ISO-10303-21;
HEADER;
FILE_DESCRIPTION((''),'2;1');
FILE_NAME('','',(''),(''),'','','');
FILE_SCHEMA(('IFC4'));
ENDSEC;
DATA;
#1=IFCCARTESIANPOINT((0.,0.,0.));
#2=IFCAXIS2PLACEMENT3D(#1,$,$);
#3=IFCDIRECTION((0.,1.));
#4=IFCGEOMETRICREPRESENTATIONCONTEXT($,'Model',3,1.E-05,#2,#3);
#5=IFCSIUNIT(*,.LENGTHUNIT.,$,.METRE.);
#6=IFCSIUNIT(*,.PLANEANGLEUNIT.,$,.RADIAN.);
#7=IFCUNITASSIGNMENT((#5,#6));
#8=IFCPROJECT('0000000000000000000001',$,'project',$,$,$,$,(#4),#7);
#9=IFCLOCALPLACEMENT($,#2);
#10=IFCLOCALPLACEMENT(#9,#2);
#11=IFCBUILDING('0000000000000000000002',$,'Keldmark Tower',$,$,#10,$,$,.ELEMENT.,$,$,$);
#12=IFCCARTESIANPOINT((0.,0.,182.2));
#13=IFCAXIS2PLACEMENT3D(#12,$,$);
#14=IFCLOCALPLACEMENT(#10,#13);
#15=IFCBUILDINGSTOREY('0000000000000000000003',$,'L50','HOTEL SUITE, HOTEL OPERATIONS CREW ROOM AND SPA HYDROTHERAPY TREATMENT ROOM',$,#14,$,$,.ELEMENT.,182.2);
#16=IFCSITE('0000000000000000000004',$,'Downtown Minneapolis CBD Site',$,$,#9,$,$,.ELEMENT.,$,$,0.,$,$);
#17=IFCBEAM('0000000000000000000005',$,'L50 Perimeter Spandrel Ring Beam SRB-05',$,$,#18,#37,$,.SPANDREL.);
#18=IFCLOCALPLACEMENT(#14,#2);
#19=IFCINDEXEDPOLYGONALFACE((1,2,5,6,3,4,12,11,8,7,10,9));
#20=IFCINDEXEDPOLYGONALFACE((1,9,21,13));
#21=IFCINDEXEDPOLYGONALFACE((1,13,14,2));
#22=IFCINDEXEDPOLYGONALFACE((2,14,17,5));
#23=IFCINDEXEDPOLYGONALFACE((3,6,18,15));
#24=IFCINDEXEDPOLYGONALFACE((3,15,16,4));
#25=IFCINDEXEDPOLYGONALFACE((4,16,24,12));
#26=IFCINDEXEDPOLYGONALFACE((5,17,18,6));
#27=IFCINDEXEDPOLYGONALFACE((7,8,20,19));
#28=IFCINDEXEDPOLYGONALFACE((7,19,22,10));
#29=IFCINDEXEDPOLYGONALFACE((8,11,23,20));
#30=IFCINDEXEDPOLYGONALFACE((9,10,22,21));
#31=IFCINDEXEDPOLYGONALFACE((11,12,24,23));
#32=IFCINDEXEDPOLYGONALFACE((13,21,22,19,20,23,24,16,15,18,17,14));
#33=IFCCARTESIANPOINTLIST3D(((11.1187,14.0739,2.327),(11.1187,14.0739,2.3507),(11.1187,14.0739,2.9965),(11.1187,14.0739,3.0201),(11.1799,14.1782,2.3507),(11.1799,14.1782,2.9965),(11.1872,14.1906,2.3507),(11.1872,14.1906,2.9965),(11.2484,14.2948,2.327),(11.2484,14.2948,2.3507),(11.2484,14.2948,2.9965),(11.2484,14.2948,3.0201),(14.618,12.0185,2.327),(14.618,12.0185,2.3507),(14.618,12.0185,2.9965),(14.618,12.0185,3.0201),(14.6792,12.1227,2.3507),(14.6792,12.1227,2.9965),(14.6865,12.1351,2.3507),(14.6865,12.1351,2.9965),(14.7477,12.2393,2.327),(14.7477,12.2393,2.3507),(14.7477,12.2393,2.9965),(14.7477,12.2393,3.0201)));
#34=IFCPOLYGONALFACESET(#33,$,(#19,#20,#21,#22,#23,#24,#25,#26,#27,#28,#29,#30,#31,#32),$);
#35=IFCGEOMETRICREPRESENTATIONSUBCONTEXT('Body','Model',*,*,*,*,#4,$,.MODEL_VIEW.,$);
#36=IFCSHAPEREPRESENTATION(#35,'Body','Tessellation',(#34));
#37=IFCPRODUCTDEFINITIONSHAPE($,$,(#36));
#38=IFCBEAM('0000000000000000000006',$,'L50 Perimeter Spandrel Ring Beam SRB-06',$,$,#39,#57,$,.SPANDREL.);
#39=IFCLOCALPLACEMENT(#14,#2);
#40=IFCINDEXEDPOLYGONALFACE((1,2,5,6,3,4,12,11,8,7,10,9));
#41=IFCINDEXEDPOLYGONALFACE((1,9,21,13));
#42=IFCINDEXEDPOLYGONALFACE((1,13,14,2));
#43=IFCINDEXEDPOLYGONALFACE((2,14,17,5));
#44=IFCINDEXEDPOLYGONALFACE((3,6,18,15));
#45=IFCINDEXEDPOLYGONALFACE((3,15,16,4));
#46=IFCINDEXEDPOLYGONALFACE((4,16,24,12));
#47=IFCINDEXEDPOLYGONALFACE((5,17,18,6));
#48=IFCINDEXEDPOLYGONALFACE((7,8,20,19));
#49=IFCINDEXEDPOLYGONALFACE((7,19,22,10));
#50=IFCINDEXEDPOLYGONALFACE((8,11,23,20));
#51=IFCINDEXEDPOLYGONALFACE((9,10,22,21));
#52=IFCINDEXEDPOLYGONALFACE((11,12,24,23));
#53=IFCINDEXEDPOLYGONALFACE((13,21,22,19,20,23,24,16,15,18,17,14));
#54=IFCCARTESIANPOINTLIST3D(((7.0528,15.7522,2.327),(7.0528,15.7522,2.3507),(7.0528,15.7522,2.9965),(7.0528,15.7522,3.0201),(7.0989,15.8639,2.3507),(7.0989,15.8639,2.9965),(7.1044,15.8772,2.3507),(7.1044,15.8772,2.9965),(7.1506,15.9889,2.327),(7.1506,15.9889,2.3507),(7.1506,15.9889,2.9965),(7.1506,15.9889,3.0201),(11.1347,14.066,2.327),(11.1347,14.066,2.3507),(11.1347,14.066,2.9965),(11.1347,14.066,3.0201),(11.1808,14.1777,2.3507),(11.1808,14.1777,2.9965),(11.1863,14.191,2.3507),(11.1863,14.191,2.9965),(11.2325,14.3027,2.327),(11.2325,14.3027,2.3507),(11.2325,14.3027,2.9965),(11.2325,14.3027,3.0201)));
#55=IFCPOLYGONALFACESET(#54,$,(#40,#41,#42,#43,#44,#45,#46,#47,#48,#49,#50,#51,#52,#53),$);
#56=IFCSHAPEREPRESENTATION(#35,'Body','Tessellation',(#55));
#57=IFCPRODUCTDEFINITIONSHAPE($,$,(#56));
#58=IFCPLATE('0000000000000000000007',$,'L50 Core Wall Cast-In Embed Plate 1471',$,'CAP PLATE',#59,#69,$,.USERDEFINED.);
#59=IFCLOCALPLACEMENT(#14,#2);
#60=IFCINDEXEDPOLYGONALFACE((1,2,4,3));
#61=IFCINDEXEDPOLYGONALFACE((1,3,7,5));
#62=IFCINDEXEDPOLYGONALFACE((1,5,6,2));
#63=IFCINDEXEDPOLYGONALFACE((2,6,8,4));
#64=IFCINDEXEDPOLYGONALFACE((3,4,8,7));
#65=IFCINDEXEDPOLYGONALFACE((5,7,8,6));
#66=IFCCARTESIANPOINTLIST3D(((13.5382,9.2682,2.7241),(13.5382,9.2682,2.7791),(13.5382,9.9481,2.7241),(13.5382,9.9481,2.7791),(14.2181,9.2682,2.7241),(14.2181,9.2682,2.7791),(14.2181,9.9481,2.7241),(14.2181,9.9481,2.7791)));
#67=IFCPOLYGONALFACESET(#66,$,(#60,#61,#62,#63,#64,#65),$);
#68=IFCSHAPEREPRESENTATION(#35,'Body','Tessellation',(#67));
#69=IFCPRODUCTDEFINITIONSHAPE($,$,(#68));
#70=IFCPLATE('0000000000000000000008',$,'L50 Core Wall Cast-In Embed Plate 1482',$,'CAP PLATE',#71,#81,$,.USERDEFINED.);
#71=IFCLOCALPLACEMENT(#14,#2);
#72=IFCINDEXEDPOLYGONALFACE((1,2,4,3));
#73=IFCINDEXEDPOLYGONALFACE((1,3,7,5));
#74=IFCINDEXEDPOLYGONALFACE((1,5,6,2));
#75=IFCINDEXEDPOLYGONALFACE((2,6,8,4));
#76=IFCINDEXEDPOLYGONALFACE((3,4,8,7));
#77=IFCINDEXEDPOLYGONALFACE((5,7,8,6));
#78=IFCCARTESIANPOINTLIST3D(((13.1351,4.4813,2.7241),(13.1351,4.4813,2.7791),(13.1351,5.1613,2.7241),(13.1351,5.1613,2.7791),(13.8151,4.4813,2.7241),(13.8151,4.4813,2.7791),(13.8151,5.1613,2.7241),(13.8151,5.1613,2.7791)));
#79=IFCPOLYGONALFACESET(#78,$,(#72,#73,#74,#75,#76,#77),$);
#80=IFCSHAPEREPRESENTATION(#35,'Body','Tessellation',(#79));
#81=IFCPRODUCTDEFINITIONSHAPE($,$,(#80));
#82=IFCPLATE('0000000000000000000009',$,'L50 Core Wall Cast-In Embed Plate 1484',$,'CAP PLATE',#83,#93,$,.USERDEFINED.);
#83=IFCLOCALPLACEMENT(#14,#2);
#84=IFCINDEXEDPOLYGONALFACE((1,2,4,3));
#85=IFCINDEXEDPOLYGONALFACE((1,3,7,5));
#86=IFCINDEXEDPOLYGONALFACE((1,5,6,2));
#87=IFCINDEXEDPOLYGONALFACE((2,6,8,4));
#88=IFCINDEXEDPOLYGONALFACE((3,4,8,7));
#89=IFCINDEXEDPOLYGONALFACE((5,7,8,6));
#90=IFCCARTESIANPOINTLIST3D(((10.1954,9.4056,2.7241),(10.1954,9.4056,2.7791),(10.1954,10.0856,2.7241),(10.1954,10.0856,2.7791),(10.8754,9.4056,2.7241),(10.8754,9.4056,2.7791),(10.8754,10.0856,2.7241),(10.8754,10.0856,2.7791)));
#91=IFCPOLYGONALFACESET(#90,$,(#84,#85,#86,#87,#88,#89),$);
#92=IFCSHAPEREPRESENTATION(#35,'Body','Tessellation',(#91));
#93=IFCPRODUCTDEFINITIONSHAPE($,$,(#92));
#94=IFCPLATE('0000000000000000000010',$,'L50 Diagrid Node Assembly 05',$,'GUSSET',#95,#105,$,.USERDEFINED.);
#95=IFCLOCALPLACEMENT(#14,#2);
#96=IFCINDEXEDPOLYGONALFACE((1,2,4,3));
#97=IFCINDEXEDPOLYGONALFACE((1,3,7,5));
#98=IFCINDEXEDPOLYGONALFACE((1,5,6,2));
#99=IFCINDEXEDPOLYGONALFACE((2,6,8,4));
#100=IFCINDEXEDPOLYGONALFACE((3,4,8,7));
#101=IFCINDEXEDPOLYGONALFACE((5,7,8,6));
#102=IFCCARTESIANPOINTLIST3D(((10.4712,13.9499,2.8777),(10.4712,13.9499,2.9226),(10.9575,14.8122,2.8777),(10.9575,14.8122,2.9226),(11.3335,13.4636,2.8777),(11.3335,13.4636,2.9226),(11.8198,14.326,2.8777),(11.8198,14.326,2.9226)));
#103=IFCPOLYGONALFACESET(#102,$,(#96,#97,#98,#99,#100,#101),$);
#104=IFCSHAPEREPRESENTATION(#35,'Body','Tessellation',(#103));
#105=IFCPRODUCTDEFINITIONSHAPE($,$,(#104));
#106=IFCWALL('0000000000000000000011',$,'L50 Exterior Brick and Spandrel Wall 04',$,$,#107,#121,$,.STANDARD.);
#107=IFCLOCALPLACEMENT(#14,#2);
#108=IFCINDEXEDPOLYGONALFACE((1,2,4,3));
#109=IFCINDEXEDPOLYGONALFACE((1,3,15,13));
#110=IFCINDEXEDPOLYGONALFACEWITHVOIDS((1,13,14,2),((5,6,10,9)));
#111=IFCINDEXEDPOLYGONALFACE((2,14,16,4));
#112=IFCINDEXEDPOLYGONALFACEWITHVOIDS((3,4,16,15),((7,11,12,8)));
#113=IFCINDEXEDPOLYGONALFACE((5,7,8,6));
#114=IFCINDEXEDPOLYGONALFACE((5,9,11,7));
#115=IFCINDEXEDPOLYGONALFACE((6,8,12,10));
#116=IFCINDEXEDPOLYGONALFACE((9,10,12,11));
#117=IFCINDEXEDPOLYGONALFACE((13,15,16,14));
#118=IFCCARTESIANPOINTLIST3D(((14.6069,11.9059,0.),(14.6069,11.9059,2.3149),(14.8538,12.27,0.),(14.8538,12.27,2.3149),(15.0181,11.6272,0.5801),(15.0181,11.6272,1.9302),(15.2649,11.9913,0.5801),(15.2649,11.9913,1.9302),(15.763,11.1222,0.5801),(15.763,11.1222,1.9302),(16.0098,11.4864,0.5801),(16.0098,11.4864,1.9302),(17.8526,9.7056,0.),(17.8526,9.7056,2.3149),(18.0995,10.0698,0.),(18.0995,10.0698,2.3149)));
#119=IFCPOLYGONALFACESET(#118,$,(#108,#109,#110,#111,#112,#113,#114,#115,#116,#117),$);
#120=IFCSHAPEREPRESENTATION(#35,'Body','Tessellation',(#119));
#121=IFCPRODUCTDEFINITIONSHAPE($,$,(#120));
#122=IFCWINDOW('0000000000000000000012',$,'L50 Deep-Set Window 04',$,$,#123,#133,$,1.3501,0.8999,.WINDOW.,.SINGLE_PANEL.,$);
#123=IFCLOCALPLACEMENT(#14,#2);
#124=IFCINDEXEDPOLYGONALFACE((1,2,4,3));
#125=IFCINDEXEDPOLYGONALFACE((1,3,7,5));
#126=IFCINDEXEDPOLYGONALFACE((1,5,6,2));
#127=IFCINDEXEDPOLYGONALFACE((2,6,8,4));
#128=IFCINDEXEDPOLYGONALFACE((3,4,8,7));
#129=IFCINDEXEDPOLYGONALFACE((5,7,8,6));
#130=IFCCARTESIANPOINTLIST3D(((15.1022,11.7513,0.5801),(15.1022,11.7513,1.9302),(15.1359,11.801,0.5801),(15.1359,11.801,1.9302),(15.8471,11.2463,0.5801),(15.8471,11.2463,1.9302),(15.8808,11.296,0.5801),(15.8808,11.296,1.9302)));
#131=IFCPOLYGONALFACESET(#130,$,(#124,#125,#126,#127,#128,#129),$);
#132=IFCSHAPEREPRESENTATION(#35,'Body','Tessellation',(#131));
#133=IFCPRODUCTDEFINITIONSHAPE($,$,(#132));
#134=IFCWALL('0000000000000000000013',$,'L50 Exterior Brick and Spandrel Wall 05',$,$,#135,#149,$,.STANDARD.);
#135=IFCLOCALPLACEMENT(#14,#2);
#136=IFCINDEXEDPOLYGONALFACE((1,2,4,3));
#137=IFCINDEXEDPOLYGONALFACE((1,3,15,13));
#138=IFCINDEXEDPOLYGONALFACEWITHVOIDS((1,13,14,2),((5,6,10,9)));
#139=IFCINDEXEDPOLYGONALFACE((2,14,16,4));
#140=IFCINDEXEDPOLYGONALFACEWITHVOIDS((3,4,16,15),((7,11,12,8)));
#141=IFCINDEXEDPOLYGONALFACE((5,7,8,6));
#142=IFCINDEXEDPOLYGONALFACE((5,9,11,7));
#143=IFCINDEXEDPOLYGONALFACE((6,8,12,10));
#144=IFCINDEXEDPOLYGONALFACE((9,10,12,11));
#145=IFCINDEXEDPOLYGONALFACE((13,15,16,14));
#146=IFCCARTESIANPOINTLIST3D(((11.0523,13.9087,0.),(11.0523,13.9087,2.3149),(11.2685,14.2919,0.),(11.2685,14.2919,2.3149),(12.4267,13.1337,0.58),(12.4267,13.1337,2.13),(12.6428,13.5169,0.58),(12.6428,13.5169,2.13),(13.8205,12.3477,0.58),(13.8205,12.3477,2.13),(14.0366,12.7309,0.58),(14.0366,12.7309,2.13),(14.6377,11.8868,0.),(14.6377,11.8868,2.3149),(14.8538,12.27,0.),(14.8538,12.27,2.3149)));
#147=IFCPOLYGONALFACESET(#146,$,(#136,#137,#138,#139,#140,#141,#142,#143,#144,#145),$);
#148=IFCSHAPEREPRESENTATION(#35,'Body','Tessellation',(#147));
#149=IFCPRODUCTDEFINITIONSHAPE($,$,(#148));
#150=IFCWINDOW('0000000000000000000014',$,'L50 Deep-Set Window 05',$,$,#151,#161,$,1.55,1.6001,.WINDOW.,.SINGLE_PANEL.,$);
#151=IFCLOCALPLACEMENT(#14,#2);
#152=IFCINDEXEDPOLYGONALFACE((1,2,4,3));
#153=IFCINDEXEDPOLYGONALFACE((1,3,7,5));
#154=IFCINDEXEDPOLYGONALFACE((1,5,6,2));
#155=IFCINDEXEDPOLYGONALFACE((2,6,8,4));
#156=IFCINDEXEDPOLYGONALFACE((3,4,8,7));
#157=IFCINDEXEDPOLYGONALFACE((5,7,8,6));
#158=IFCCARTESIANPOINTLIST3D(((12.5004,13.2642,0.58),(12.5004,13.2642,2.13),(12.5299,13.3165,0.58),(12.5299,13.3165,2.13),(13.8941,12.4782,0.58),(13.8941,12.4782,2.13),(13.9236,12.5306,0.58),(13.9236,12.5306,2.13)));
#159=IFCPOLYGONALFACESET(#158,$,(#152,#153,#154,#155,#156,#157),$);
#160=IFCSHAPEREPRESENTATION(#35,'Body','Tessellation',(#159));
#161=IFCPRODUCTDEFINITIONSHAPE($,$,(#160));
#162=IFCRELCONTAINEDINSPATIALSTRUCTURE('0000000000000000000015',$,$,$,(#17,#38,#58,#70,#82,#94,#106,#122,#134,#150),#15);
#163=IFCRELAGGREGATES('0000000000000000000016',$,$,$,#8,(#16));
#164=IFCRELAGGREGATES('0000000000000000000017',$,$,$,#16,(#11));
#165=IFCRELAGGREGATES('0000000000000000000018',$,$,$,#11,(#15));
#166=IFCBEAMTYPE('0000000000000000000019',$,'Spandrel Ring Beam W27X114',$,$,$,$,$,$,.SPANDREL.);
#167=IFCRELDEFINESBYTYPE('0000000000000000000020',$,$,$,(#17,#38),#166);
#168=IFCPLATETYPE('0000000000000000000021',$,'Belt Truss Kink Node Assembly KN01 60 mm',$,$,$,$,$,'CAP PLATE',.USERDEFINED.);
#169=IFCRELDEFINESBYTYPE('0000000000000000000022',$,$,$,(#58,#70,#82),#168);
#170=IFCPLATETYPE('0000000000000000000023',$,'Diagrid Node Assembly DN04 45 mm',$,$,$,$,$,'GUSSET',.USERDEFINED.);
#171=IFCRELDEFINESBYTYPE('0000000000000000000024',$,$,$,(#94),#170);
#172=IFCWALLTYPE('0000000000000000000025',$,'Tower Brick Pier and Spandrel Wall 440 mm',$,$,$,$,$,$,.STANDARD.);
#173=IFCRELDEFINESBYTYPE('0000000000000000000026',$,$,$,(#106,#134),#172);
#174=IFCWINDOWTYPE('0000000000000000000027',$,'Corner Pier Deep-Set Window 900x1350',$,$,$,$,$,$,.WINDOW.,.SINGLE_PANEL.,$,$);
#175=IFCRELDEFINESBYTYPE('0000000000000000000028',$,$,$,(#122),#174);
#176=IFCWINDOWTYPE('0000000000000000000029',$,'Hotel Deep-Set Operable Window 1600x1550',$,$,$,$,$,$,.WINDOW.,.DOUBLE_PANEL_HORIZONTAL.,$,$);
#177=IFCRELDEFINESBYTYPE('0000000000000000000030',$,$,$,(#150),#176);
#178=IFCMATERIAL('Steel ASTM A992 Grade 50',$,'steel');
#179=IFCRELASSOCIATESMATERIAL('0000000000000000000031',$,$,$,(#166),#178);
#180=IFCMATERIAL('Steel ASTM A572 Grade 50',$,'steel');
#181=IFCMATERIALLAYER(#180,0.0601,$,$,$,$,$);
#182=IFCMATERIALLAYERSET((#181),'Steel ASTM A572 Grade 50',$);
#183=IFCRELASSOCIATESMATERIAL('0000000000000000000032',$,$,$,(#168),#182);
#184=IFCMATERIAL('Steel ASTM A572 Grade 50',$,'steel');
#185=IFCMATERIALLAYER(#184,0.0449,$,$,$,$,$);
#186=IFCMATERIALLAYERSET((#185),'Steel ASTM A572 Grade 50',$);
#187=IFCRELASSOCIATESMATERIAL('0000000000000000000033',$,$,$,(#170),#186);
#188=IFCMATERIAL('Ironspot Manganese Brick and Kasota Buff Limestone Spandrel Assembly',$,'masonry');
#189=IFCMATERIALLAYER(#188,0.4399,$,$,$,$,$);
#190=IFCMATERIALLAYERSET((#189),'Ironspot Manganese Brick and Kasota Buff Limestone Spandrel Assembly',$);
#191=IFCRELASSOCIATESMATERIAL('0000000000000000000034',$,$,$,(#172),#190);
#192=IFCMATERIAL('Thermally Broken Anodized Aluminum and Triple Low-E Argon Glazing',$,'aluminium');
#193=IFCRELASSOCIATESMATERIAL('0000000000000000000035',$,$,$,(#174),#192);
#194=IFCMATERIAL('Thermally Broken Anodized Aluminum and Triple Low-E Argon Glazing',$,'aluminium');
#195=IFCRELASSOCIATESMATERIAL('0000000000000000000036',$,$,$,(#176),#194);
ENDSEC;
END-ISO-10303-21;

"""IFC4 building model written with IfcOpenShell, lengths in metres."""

from ifc_helpers import new_model, si_unit, direction, frame, frame_2d, origin, origin_2d, place, context, subcontext, project, spatial, rectangle, i_section, extrude, material, layer, layer_set, material_profile, profile_set, type_object, element, fill, save


model = new_model("IFC4")

# Units and contexts
model_context = context("Model", 3, precision=1e-05, world=origin(), true_north=direction((0.0, 1.0)))
body_context = subcontext(model_context, "Body", "Model", "MODEL_VIEW")
ifc_project = project(units=[si_unit("LENGTHUNIT", "METRE"), si_unit("PLANEANGLEUNIT", "RADIAN")], contexts=[model_context])

# Site, building, storey
site_placement = place(None, origin())
site = spatial("IfcSite", under=ifc_project, at=site_placement, Name="Downtown Minneapolis CBD Site", CompositionType="ELEMENT", RefElevation=0.0)
building_placement = place(site_placement, origin())
building = spatial("IfcBuilding", under=site, at=building_placement, Name="Keldmark Tower", CompositionType="ELEMENT")
storey_placement = place(building_placement, frame((0.0, 0.0, 182.2)))
storey = spatial("IfcBuildingStorey", under=building, at=storey_placement, Name="L50", Description="HOTEL SUITE, HOTEL OPERATIONS CREW ROOM AND SPA HYDROTHERAPY TREATMENT ROOM", CompositionType="ELEMENT", Elevation=182.2)

# Beams
ifc_material_1 = material(Name="Steel ASTM A992 Grade 50", Category="steel")
ifc_material_profile_1 = material_profile(ifc_material_1, i_section(OverallWidth=0.2561, OverallDepth=0.6931, WebThickness=0.0144, FlangeThickness=0.0237, at=origin_2d()), Name="W27X114")
ifc_profile_set_1 = profile_set([ifc_material_profile_1], Name="Steel ASTM A992 Grade 50")
beam_type_1 = type_object("IfcBeamType", Name="Spandrel Ring Beam W27X114", PredefinedType="SPANDREL", material=ifc_profile_set_1)
beam_1_placement = place(storey_placement, frame((14.6829, 12.1289, 2.6736), z_axis=(-0.862254, 0.506476, 0.0), x_axis=(-0.506476, -0.862254, 0.0)))
element("IfcBeam", 1, at=beam_1_placement, inside=storey, type_object=beam_type_1, Name="L50 Perimeter Spandrel Ring Beam SRB-05", PredefinedType="SPANDREL", context=body_context, shape_type="SweptSolid", body=[
    extrude(i_section(OverallWidth=0.2561, OverallDepth=0.6931, WebThickness=0.0144, FlangeThickness=0.0237, at=origin_2d()), origin(), (0.0, 0.0, 1.0), 4.0583),
])
beam_2_placement = place(storey_placement, frame((11.1836, 14.1843, 2.6736), z_axis=(-0.924244, 0.381803, 0.0), x_axis=(-0.381803, -0.924244, 0.0)))
element("IfcBeam", 2, at=beam_2_placement, inside=storey, type_object=beam_type_1, Name="L50 Perimeter Spandrel Ring Beam SRB-06", PredefinedType="SPANDREL", context=body_context, shape_type="SweptSolid", body=[
    extrude(i_section(OverallWidth=0.2561, OverallDepth=0.6931, WebThickness=0.0144, FlangeThickness=0.0237, at=origin_2d()), origin(), (0.0, 0.0, 1.0), 4.4165),
])

# Plates
ifc_material_2 = material(Name="Steel ASTM A572 Grade 50", Category="steel")
ifc_layer_1 = layer(ifc_material_2, 0.0601)
ifc_layer_set_1 = layer_set([ifc_layer_1], Name="Steel ASTM A572 Grade 50")
plate_type_1 = type_object("IfcPlateType", Name="Belt Truss Kink Node Assembly KN01 60 mm", ElementType="CAP PLATE", PredefinedType="USERDEFINED", material=ifc_layer_set_1)
for number, where, z_axis, x_axis, name in (
    (3, (13.8782, 9.6082, 2.7241), (0.0, 0.0, 1.0), (1.0, 0.0, 0.0), "L50 Core Wall Cast-In Embed Plate 1471"),
    (4, (13.4751, 4.8213, 2.7241), (0.0, 0.0, 1.0), (1.0, 0.0, 0.0), "L50 Core Wall Cast-In Embed Plate 1482"),
    (5, (10.5354, 9.7456, 2.7241), (0.0, 0.0, 1.0), (1.0, 0.0, 0.0), "L50 Core Wall Cast-In Embed Plate 1484"),
):
    element("IfcPlate", number, at=place(storey_placement, frame(where, z_axis=z_axis, x_axis=x_axis)), inside=storey, type_object=plate_type_1, Name=name, ObjectType="CAP PLATE", PredefinedType="USERDEFINED", context=body_context, shape_type="SweptSolid", body=[
        extrude(rectangle(XDim=0.6799, YDim=0.6799, at=origin_2d()), origin(), (0.0, 0.0, 1.0), 0.0549),
    ])
ifc_material_3 = material(Name="Steel ASTM A572 Grade 50", Category="steel")
ifc_layer_2 = layer(ifc_material_3, 0.0449)
ifc_layer_set_2 = layer_set([ifc_layer_2], Name="Steel ASTM A572 Grade 50")
plate_type_2 = type_object("IfcPlateType", Name="Diagrid Node Assembly DN04 45 mm", ElementType="GUSSET", PredefinedType="USERDEFINED", material=ifc_layer_set_2)
plate_placement = place(storey_placement, frame((11.1455, 14.1379, 2.8777), z_axis=(0.0, 0.0, 1.0), x_axis=(-0.871042, 0.491208, 0.0)))
element("IfcPlate", 6, at=plate_placement, inside=storey, type_object=plate_type_2, Name="L50 Diagrid Node Assembly 05", ObjectType="GUSSET", PredefinedType="USERDEFINED", context=body_context, shape_type="SweptSolid", body=[
    extrude(rectangle(XDim=0.99, YDim=0.99, at=origin_2d()), origin(), (0.0, 0.0, 1.0), 0.0449),
])

# Walls, openings, windows
ifc_material_4 = material(Name="Ironspot Manganese Brick and Kasota Buff Limestone Spandrel Assembly", Category="masonry")
ifc_layer_3 = layer(ifc_material_4, 0.4399)
ifc_layer_set_3 = layer_set([ifc_layer_3], Name="Ironspot Manganese Brick and Kasota Buff Limestone Spandrel Assembly")
wall_type_1 = type_object("IfcWallType", Name="Tower Brick Pier and Spandrel Wall 440 mm", PredefinedType="STANDARD", material=ifc_layer_set_3)
wall_1_placement = place(storey_placement, frame((14.7305, 12.0879, 0.0), z_axis=(0.0, 0.0, 1.0), x_axis=(0.827734, -0.561121, 0.0)))
wall_1 = element("IfcWall", 7, at=wall_1_placement, inside=storey, type_object=wall_type_1, Name="L50 Exterior Brick and Spandrel Wall 04", PredefinedType="STANDARD", context=body_context, shape_type="SweptSolid", body=[
    extrude(rectangle(XDim=3.9211, YDim=0.4399, at=frame_2d((1.9604, 0.0))), origin(), (0.0, 0.0, 1.0), 2.3149),
])
opening_1_placement = place(wall_1_placement, frame((0.4966, 0.0, 0.5801)))
opening_1 = element("IfcOpeningElement", 8, at=opening_1_placement, cuts=wall_1, PredefinedType="OPENING", context=body_context, shape_type="SweptSolid", body=[
    extrude(rectangle(XDim=0.8999, YDim=1.3501, at=frame_2d((0.45, 0.675))), frame((0.0, 0.23, 0.0), z_axis=(0.0, -1.0, 0.0), x_axis=(1.0, 0.0, 0.0)), (0.0, 0.0, 1.0), 0.46),
])
ifc_material_5 = material(Name="Thermally Broken Anodized Aluminum and Triple Low-E Argon Glazing", Category="aluminium")
window_type_1 = type_object("IfcWindowType", Name="Corner Pier Deep-Set Window 900x1350", PartitioningType="SINGLE_PANEL", PredefinedType="WINDOW", material=ifc_material_5)
window_1_placement = place(opening_1_placement, origin())
window_1 = element("IfcWindow", 9, at=window_1_placement, inside=storey, type_object=window_type_1, Name="L50 Deep-Set Window 04", OverallHeight=1.3501, OverallWidth=0.8999, PartitioningType="SINGLE_PANEL", PredefinedType="WINDOW", context=body_context, shape_type="SweptSolid", body=[
    extrude(rectangle(XDim=0.8999, YDim=1.3501, at=frame_2d((0.45, 0.675))), frame((0.0, -0.01, 0.0), z_axis=(0.0, -1.0, 0.0), x_axis=(1.0, 0.0, 0.0)), (0.0, 0.0, 1.0), 0.0601),
])
fill(opening_1, window_1)
wall_2_placement = place(storey_placement, frame((11.1604, 14.1003, 0.0), z_axis=(0.0, 0.0, 1.0), x_axis=(0.87104, -0.491213, 0.0)))
wall_2 = element("IfcWall", 10, at=wall_2_placement, inside=storey, type_object=wall_type_1, Name="L50 Exterior Brick and Spandrel Wall 05", PredefinedType="STANDARD", context=body_context, shape_type="SweptSolid", body=[
    extrude(rectangle(XDim=4.1162, YDim=0.4399, at=frame_2d((2.0581, 0.0))), origin(), (0.0, 0.0, 1.0), 2.3149),
])
opening_2_placement = place(wall_2_placement, frame((1.5779, 0.0, 0.5801)))
opening_2 = element("IfcOpeningElement", 11, at=opening_2_placement, cuts=wall_2, PredefinedType="OPENING", context=body_context, shape_type="SweptSolid", body=[
    extrude(rectangle(XDim=1.6001, YDim=1.55, at=frame_2d((0.8, 0.7749))), frame((0.0, 0.23, 0.0), z_axis=(0.0, -1.0, 0.0), x_axis=(1.0, 0.0, 0.0)), (0.0, 0.0, 1.0), 0.46),
])
ifc_material_6 = material(Name="Thermally Broken Anodized Aluminum and Triple Low-E Argon Glazing", Category="aluminium")
window_type_2 = type_object("IfcWindowType", Name="Hotel Deep-Set Operable Window 1600x1550", PartitioningType="DOUBLE_PANEL_HORIZONTAL", PredefinedType="WINDOW", material=ifc_material_6)
window_2_placement = place(opening_2_placement, origin())
window_2 = element("IfcWindow", 12, at=window_2_placement, inside=storey, type_object=window_type_2, Name="L50 Deep-Set Window 05", OverallHeight=1.55, OverallWidth=1.6001, PartitioningType="SINGLE_PANEL", PredefinedType="WINDOW", context=body_context, shape_type="SweptSolid", body=[
    extrude(rectangle(XDim=1.6001, YDim=1.55, at=frame_2d((0.8, 0.7749))), frame((0.0, -0.01, 0.0), z_axis=(0.0, -1.0, 0.0), x_axis=(1.0, 0.0, 0.0)), (0.0, 0.0, 1.0), 0.0601),
])
fill(opening_2, window_2)

save(model, "model.ifc")
